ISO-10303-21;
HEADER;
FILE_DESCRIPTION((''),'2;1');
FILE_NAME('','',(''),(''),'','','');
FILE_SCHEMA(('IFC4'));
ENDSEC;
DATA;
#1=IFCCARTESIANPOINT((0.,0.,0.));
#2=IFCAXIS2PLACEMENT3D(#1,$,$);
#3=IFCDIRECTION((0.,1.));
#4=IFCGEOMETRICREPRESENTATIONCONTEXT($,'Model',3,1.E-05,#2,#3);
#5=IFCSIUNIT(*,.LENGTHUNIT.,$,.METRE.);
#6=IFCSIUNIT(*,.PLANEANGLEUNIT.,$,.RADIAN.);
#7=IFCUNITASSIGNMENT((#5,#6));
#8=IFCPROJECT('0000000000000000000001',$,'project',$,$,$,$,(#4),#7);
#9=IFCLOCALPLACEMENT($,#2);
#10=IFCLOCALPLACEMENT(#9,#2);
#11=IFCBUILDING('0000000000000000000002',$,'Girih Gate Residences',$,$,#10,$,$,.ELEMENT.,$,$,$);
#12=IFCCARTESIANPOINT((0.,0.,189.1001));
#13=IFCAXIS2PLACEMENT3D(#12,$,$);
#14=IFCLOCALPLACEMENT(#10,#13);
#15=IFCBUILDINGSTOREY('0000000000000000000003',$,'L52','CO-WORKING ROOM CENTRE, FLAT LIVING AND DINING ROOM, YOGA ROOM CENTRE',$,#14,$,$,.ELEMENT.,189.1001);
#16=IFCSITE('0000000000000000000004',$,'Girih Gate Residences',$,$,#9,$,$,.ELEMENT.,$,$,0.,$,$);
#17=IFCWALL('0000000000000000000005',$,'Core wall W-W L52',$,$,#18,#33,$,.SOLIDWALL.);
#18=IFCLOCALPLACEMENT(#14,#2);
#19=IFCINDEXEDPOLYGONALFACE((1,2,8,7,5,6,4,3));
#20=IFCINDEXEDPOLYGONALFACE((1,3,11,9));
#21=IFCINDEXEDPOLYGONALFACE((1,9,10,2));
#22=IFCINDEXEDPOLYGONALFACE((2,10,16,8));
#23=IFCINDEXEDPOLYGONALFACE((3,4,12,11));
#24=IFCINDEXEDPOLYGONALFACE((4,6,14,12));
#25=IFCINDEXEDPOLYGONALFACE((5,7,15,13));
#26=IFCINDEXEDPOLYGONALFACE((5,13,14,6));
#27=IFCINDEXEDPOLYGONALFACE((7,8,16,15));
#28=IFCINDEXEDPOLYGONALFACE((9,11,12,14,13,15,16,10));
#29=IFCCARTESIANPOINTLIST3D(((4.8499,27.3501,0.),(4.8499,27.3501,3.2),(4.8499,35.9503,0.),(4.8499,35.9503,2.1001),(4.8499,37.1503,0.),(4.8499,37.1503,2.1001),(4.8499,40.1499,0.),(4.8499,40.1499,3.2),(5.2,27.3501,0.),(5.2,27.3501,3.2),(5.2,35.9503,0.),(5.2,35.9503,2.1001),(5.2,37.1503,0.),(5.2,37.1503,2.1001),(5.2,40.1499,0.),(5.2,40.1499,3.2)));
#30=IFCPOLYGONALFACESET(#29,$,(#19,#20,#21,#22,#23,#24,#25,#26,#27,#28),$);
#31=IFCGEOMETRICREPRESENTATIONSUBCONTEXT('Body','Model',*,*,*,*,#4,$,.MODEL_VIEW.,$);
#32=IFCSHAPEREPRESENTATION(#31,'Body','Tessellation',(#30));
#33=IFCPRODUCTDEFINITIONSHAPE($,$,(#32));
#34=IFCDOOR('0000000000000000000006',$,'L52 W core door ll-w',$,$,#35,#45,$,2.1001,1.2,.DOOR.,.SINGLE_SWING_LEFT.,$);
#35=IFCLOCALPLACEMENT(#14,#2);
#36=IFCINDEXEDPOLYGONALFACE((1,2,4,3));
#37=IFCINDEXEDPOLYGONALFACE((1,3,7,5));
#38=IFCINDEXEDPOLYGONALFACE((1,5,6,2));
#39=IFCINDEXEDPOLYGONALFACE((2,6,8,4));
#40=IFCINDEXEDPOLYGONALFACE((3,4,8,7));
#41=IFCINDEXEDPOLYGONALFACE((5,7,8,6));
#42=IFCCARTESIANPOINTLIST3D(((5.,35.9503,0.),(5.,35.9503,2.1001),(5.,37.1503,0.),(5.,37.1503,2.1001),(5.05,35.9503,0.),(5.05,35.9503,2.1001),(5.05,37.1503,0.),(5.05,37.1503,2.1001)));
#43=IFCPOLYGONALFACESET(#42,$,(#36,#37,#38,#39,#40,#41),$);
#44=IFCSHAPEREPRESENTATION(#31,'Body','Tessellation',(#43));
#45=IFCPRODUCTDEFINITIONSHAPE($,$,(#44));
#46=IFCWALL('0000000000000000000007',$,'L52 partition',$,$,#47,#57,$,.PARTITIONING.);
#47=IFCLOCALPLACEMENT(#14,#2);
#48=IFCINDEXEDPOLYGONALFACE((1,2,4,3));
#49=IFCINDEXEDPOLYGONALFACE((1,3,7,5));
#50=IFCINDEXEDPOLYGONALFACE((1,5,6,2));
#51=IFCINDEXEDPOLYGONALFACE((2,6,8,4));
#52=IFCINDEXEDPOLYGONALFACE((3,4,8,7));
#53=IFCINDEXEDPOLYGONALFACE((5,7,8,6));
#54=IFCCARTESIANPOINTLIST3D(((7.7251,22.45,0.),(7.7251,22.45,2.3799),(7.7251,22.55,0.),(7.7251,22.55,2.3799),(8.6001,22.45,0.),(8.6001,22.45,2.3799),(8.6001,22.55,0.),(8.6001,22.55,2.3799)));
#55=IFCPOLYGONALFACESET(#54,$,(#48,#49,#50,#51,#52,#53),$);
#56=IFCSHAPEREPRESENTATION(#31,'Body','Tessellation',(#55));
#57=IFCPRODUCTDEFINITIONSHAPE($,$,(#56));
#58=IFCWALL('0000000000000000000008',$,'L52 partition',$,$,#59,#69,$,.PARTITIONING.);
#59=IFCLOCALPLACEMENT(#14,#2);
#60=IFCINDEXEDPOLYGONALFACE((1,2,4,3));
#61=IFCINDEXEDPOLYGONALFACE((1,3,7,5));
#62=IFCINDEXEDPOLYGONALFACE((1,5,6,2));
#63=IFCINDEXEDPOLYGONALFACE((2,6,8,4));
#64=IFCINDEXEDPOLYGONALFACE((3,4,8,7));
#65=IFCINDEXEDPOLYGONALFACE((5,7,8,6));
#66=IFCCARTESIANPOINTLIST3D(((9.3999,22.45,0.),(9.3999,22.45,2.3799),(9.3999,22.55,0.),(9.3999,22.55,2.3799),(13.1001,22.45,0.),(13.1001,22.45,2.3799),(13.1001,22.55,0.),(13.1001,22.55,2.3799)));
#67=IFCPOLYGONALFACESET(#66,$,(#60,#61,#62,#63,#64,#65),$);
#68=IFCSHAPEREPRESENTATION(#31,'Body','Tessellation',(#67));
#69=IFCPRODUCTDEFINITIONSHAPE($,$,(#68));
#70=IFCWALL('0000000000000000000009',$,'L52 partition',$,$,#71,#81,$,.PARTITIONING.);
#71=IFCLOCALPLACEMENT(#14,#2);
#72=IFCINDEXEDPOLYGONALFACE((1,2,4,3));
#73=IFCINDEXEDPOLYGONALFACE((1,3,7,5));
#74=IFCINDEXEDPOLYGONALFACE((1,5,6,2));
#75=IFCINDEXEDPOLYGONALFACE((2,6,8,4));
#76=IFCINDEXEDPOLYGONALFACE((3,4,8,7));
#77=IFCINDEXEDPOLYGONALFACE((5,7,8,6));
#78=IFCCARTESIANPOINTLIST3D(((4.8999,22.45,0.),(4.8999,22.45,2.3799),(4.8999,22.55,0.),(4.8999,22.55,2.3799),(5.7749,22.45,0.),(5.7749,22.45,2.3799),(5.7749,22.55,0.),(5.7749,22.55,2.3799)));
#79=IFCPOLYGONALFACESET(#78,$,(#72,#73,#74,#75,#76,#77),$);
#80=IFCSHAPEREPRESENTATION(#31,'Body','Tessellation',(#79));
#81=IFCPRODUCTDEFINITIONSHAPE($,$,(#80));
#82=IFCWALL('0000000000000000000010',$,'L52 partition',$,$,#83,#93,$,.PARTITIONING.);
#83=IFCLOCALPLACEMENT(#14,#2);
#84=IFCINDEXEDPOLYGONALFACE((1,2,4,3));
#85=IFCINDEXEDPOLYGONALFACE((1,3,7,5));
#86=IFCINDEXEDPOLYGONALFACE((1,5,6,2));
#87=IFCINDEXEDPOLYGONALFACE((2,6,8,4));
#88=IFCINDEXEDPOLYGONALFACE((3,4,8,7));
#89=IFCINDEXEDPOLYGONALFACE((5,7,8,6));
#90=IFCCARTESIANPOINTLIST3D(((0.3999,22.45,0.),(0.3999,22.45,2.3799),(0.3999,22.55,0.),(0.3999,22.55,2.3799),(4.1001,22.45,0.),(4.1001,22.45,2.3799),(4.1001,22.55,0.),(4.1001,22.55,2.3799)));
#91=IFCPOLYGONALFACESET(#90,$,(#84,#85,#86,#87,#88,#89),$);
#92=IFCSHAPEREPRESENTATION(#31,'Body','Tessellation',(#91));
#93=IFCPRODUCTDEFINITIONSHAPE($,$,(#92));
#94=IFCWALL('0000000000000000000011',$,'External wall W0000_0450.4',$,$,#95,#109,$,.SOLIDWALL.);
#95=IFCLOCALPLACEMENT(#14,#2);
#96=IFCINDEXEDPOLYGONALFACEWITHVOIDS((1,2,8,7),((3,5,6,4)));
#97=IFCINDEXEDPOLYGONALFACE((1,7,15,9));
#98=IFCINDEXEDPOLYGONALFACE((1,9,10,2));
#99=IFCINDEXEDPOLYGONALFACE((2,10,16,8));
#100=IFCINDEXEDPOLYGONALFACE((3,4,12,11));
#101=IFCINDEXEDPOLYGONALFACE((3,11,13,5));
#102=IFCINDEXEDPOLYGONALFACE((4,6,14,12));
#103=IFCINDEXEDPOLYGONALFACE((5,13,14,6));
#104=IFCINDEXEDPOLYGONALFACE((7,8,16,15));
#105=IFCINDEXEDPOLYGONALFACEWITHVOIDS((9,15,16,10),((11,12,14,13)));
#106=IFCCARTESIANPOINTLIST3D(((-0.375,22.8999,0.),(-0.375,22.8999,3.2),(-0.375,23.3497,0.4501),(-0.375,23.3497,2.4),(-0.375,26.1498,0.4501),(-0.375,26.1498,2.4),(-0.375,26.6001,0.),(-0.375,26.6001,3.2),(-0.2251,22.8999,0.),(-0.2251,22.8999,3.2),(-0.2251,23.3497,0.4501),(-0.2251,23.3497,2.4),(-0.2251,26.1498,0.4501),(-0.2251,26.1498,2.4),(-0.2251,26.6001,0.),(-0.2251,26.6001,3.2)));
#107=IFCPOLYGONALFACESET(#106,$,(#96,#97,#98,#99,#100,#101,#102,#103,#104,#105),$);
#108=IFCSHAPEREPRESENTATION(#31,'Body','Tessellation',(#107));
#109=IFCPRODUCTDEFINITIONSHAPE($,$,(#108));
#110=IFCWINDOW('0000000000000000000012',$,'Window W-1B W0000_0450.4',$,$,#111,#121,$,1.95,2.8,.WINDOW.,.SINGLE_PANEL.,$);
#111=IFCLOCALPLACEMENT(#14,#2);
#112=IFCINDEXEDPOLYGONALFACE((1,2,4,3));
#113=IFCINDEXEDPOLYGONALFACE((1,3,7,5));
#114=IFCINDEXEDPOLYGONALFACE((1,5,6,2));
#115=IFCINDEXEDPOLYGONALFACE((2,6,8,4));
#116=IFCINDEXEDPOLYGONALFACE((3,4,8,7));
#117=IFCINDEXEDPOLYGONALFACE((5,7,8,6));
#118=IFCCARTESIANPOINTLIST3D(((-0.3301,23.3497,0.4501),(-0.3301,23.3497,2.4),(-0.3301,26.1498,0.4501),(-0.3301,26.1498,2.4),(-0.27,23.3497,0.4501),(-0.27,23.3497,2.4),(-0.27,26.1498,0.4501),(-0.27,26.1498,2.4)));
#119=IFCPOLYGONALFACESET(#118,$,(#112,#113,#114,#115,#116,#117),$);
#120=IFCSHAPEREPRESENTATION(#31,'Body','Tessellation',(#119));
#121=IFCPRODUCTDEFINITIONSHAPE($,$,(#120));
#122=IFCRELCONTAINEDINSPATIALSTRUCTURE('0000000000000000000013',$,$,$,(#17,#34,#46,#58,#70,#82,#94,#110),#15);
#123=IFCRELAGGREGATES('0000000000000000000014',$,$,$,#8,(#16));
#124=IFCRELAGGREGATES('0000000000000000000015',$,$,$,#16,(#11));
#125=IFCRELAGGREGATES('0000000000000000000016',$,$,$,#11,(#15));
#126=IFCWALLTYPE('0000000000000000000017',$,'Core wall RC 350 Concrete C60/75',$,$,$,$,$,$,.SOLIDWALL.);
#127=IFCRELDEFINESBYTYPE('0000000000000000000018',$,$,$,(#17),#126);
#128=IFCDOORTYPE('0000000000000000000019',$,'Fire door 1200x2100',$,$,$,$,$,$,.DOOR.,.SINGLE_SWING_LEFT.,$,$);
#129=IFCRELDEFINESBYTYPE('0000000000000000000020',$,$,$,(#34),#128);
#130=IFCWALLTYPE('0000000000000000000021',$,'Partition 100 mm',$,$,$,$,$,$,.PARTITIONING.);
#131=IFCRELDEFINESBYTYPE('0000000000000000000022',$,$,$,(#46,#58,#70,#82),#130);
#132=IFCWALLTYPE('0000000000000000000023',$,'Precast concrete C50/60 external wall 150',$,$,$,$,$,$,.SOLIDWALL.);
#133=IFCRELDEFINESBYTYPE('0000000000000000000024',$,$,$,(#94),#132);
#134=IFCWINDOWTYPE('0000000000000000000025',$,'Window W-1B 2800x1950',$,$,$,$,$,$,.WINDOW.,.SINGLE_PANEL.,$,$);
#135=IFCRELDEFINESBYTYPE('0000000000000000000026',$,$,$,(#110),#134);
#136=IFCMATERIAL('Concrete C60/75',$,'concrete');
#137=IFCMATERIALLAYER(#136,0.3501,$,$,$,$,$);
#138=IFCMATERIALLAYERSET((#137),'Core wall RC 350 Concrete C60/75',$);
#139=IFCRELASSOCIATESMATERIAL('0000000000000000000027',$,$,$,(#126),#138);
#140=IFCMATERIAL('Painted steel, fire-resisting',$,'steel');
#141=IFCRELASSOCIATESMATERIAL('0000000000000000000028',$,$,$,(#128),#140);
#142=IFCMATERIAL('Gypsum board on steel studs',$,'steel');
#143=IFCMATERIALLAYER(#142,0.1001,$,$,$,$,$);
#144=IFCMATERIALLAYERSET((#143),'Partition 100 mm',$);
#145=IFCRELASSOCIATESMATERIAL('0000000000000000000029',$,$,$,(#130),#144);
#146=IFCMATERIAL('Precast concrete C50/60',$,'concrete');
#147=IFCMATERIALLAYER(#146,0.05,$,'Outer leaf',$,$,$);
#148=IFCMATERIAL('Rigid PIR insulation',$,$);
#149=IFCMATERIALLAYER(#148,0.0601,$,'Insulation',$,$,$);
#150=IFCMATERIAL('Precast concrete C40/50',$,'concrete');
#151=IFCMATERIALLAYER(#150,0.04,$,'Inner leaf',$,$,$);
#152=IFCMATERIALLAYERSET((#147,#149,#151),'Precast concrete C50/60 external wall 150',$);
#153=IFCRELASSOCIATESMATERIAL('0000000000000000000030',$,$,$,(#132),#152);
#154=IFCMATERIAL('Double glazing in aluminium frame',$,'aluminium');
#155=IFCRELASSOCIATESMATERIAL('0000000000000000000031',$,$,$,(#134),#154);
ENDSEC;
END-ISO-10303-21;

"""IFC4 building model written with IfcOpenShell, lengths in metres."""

from ifc_helpers import new_model, si_unit, direction, frame, frame_2d, origin, place, context, subcontext, project, spatial, rectangle, extrude, material, layer, layer_set, type_object, element, fill, save


model = new_model("IFC4")

# Units and contexts
model_context = context("Model", 3, precision=1e-05, world=origin(), true_north=direction((0.0, 1.0)))
body_context = subcontext(model_context, "Body", "Model", "MODEL_VIEW")
ifc_project = project(units=[si_unit("LENGTHUNIT", "METRE"), si_unit("PLANEANGLEUNIT", "RADIAN")], contexts=[model_context])

# Site, building, storey
site_placement = place(None, origin())
site = spatial("IfcSite", under=ifc_project, at=site_placement, Name="Girih Gate Residences", CompositionType="ELEMENT", RefElevation=0.0)
building_placement = place(site_placement, origin())
building = spatial("IfcBuilding", under=site, at=building_placement, Name="Girih Gate Residences", CompositionType="ELEMENT")
storey_placement = place(building_placement, frame((0.0, 0.0, 189.1001)))
storey = spatial("IfcBuildingStorey", under=building, at=storey_placement, Name="L52", Description="CO-WORKING ROOM CENTRE, FLAT LIVING AND DINING ROOM, YOGA ROOM CENTRE", CompositionType="ELEMENT", Elevation=189.1001)

# Shared definitions
ifc_material_1 = material(Name="Concrete C60/75", Category="concrete")

# Shared definitions
ifc_material_2 = material(Name="Gypsum board on steel studs", Category="steel")

# Wall, opening, door
ifc_layer_1 = layer(ifc_material_1, 0.3501)
ifc_layer_set_1 = layer_set([ifc_layer_1], Name="Core wall RC 350 Concrete C60/75")
wall_type_1 = type_object("IfcWallType", Name="Core wall RC 350 Concrete C60/75", PredefinedType="SOLIDWALL", material=ifc_layer_set_1)
wall_1_placement = place(storey_placement, frame((5.0249, 27.3501, 0.0), z_axis=(0.0, 0.0, 1.0), x_axis=(0.0, 1.0, 0.0)))
wall_1 = element("IfcWall", 1, at=wall_1_placement, inside=storey, type_object=wall_type_1, Name="Core wall W-W L52", PredefinedType="SOLIDWALL", context=body_context, shape_type="SweptSolid", body=[
    extrude(rectangle(XDim=12.7998, YDim=0.3501, at=frame_2d((6.3999, 0.0))), origin(), (0.0, 0.0, 1.0), 3.2),
])
opening_1_placement = place(wall_1_placement, frame((8.6001, 0.0, 0.0)))
opening_1 = element("IfcOpeningElement", 2, at=opening_1_placement, cuts=wall_1, PredefinedType="OPENING", context=body_context, shape_type="SweptSolid", body=[
    extrude(rectangle(XDim=1.2, YDim=2.1001, at=frame_2d((0.6001, 1.05))), frame((0.0, 0.1851, 0.0), z_axis=(0.0, -1.0, 0.0), x_axis=(1.0, 0.0, 0.0)), (0.0, 0.0, 1.0), 0.3701),
])
ifc_material_3 = material(Name="Painted steel, fire-resisting", Category="steel")
door_type_1 = type_object("IfcDoorType", Name="Fire door 1200x2100", OperationType="SINGLE_SWING_LEFT", PredefinedType="DOOR", material=ifc_material_3)
door_1_placement = place(opening_1_placement, origin())
door_1 = element("IfcDoor", 3, at=door_1_placement, inside=storey, type_object=door_type_1, Name="L52 W core door ll-w", OperationType="SINGLE_SWING_LEFT", OverallHeight=2.1001, OverallWidth=1.2, PredefinedType="DOOR", context=body_context, shape_type="SweptSolid", body=[
    extrude(rectangle(XDim=1.2, YDim=2.1001, at=frame_2d((0.6001, 1.05))), frame((0.0, 0.0249, 0.0), z_axis=(0.0, -1.0, 0.0), x_axis=(1.0, 0.0, 0.0)), (0.0, 0.0, 1.0), 0.05),
])
fill(opening_1, door_1)

# Walls
ifc_layer_2 = layer(ifc_material_2, 0.1001)
ifc_layer_set_2 = layer_set([ifc_layer_2], Name="Partition 100 mm")
wall_type_2 = type_object("IfcWallType", Name="Partition 100 mm", PredefinedType="PARTITIONING", material=ifc_layer_set_2)
wall_2_placement = place(storey_placement, frame((7.7251, 22.5, 0.0), z_axis=(0.0, 0.0, 1.0), x_axis=(1.0, 0.0, 0.0)))
element("IfcWall", 4, at=wall_2_placement, inside=storey, type_object=wall_type_2, Name="L52 partition", PredefinedType="PARTITIONING", context=body_context, shape_type="SweptSolid", body=[
    extrude(rectangle(XDim=0.875, YDim=0.1001, at=frame_2d((0.4375, 0.0))), origin(), (0.0, 0.0, 1.0), 2.3799),
])
wall_3_placement = place(storey_placement, frame((9.3999, 22.5, 0.0), z_axis=(0.0, 0.0, 1.0), x_axis=(1.0, 0.0, 0.0)))
element("IfcWall", 5, at=wall_3_placement, inside=storey, type_object=wall_type_2, Name="L52 partition", PredefinedType="PARTITIONING", context=body_context, shape_type="SweptSolid", body=[
    extrude(rectangle(XDim=3.7002, YDim=0.1001, at=frame_2d((1.8501, 0.0))), origin(), (0.0, 0.0, 1.0), 2.3799),
])
wall_4_placement = place(storey_placement, frame((4.8999, 22.5, 0.0), z_axis=(0.0, 0.0, 1.0), x_axis=(1.0, 0.0, 0.0)))
element("IfcWall", 6, at=wall_4_placement, inside=storey, type_object=wall_type_2, Name="L52 partition", PredefinedType="PARTITIONING", context=body_context, shape_type="SweptSolid", body=[
    extrude(rectangle(XDim=0.875, YDim=0.1001, at=frame_2d((0.4375, 0.0))), origin(), (0.0, 0.0, 1.0), 2.3799),
])
wall_5_placement = place(storey_placement, frame((0.3999, 22.5, 0.0), z_axis=(0.0, 0.0, 1.0), x_axis=(1.0, 0.0, 0.0)))
element("IfcWall", 7, at=wall_5_placement, inside=storey, type_object=wall_type_2, Name="L52 partition", PredefinedType="PARTITIONING", context=body_context, shape_type="SweptSolid", body=[
    extrude(rectangle(XDim=3.7002, YDim=0.1001, at=frame_2d((1.8501, 0.0))), origin(), (0.0, 0.0, 1.0), 2.3799),
])

# Wall, opening, window
ifc_material_4 = material(Name="Precast concrete C50/60", Category="concrete")
ifc_layer_3 = layer(ifc_material_4, 0.05, Name="Outer leaf")
ifc_material_5 = material(Name="Rigid PIR insulation")
ifc_layer_4 = layer(ifc_material_5, 0.0601, Name="Insulation")
ifc_material_6 = material(Name="Precast concrete C40/50", Category="concrete")
ifc_layer_5 = layer(ifc_material_6, 0.04, Name="Inner leaf")
ifc_layer_set_3 = layer_set([ifc_layer_3, ifc_layer_4, ifc_layer_5], Name="Precast concrete C50/60 external wall 150")
wall_type_3 = type_object("IfcWallType", Name="Precast concrete C50/60 external wall 150", PredefinedType="SOLIDWALL", material=ifc_layer_set_3)
wall_6_placement = place(storey_placement, frame((-0.3, 22.8999, 0.0), z_axis=(0.0, 0.0, 1.0), x_axis=(0.0, 1.0, 0.0)))
wall_6 = element("IfcWall", 8, at=wall_6_placement, inside=storey, type_object=wall_type_3, Name="External wall W0000_0450.4", PredefinedType="SOLIDWALL", context=body_context, shape_type="SweptSolid", body=[
    extrude(rectangle(XDim=3.7002, YDim=0.1499, at=frame_2d((1.8501, 0.0))), origin(), (0.0, 0.0, 1.0), 3.2),
])
opening_2_placement = place(wall_6_placement, frame((0.45, 0.0, 0.45)))
opening_2 = element("IfcOpeningElement", 9, at=opening_2_placement, cuts=wall_6, PredefinedType="OPENING", context=body_context, shape_type="SweptSolid", body=[
    extrude(rectangle(XDim=2.8, YDim=1.95, at=frame_2d((1.3999, 0.9751))), frame((0.0, 0.085, 0.0), z_axis=(0.0, -1.0, 0.0), x_axis=(1.0, 0.0, 0.0)), (0.0, 0.0, 1.0), 0.1699),
])
ifc_material_7 = material(Name="Double glazing in aluminium frame", Category="aluminium")
window_type = type_object("IfcWindowType", Name="Window W-1B 2800x1950", PartitioningType="SINGLE_PANEL", PredefinedType="WINDOW", material=ifc_material_7)
window_placement = place(opening_2_placement, origin())
window = element("IfcWindow", 10, at=window_placement, inside=storey, type_object=window_type, Name="Window W-1B W0000_0450.4", OverallHeight=1.95, OverallWidth=2.8, PartitioningType="SINGLE_PANEL", PredefinedType="WINDOW", context=body_context, shape_type="SweptSolid", body=[
    extrude(rectangle(XDim=2.8, YDim=1.95, at=frame_2d((1.3999, 0.9751))), frame((0.0, 0.03, 0.0), z_axis=(0.0, -1.0, 0.0), x_axis=(1.0, 0.0, 0.0)), (0.0, 0.0, 1.0), 0.0601),
])
fill(opening_2, window)

save(model, "model.ifc")
